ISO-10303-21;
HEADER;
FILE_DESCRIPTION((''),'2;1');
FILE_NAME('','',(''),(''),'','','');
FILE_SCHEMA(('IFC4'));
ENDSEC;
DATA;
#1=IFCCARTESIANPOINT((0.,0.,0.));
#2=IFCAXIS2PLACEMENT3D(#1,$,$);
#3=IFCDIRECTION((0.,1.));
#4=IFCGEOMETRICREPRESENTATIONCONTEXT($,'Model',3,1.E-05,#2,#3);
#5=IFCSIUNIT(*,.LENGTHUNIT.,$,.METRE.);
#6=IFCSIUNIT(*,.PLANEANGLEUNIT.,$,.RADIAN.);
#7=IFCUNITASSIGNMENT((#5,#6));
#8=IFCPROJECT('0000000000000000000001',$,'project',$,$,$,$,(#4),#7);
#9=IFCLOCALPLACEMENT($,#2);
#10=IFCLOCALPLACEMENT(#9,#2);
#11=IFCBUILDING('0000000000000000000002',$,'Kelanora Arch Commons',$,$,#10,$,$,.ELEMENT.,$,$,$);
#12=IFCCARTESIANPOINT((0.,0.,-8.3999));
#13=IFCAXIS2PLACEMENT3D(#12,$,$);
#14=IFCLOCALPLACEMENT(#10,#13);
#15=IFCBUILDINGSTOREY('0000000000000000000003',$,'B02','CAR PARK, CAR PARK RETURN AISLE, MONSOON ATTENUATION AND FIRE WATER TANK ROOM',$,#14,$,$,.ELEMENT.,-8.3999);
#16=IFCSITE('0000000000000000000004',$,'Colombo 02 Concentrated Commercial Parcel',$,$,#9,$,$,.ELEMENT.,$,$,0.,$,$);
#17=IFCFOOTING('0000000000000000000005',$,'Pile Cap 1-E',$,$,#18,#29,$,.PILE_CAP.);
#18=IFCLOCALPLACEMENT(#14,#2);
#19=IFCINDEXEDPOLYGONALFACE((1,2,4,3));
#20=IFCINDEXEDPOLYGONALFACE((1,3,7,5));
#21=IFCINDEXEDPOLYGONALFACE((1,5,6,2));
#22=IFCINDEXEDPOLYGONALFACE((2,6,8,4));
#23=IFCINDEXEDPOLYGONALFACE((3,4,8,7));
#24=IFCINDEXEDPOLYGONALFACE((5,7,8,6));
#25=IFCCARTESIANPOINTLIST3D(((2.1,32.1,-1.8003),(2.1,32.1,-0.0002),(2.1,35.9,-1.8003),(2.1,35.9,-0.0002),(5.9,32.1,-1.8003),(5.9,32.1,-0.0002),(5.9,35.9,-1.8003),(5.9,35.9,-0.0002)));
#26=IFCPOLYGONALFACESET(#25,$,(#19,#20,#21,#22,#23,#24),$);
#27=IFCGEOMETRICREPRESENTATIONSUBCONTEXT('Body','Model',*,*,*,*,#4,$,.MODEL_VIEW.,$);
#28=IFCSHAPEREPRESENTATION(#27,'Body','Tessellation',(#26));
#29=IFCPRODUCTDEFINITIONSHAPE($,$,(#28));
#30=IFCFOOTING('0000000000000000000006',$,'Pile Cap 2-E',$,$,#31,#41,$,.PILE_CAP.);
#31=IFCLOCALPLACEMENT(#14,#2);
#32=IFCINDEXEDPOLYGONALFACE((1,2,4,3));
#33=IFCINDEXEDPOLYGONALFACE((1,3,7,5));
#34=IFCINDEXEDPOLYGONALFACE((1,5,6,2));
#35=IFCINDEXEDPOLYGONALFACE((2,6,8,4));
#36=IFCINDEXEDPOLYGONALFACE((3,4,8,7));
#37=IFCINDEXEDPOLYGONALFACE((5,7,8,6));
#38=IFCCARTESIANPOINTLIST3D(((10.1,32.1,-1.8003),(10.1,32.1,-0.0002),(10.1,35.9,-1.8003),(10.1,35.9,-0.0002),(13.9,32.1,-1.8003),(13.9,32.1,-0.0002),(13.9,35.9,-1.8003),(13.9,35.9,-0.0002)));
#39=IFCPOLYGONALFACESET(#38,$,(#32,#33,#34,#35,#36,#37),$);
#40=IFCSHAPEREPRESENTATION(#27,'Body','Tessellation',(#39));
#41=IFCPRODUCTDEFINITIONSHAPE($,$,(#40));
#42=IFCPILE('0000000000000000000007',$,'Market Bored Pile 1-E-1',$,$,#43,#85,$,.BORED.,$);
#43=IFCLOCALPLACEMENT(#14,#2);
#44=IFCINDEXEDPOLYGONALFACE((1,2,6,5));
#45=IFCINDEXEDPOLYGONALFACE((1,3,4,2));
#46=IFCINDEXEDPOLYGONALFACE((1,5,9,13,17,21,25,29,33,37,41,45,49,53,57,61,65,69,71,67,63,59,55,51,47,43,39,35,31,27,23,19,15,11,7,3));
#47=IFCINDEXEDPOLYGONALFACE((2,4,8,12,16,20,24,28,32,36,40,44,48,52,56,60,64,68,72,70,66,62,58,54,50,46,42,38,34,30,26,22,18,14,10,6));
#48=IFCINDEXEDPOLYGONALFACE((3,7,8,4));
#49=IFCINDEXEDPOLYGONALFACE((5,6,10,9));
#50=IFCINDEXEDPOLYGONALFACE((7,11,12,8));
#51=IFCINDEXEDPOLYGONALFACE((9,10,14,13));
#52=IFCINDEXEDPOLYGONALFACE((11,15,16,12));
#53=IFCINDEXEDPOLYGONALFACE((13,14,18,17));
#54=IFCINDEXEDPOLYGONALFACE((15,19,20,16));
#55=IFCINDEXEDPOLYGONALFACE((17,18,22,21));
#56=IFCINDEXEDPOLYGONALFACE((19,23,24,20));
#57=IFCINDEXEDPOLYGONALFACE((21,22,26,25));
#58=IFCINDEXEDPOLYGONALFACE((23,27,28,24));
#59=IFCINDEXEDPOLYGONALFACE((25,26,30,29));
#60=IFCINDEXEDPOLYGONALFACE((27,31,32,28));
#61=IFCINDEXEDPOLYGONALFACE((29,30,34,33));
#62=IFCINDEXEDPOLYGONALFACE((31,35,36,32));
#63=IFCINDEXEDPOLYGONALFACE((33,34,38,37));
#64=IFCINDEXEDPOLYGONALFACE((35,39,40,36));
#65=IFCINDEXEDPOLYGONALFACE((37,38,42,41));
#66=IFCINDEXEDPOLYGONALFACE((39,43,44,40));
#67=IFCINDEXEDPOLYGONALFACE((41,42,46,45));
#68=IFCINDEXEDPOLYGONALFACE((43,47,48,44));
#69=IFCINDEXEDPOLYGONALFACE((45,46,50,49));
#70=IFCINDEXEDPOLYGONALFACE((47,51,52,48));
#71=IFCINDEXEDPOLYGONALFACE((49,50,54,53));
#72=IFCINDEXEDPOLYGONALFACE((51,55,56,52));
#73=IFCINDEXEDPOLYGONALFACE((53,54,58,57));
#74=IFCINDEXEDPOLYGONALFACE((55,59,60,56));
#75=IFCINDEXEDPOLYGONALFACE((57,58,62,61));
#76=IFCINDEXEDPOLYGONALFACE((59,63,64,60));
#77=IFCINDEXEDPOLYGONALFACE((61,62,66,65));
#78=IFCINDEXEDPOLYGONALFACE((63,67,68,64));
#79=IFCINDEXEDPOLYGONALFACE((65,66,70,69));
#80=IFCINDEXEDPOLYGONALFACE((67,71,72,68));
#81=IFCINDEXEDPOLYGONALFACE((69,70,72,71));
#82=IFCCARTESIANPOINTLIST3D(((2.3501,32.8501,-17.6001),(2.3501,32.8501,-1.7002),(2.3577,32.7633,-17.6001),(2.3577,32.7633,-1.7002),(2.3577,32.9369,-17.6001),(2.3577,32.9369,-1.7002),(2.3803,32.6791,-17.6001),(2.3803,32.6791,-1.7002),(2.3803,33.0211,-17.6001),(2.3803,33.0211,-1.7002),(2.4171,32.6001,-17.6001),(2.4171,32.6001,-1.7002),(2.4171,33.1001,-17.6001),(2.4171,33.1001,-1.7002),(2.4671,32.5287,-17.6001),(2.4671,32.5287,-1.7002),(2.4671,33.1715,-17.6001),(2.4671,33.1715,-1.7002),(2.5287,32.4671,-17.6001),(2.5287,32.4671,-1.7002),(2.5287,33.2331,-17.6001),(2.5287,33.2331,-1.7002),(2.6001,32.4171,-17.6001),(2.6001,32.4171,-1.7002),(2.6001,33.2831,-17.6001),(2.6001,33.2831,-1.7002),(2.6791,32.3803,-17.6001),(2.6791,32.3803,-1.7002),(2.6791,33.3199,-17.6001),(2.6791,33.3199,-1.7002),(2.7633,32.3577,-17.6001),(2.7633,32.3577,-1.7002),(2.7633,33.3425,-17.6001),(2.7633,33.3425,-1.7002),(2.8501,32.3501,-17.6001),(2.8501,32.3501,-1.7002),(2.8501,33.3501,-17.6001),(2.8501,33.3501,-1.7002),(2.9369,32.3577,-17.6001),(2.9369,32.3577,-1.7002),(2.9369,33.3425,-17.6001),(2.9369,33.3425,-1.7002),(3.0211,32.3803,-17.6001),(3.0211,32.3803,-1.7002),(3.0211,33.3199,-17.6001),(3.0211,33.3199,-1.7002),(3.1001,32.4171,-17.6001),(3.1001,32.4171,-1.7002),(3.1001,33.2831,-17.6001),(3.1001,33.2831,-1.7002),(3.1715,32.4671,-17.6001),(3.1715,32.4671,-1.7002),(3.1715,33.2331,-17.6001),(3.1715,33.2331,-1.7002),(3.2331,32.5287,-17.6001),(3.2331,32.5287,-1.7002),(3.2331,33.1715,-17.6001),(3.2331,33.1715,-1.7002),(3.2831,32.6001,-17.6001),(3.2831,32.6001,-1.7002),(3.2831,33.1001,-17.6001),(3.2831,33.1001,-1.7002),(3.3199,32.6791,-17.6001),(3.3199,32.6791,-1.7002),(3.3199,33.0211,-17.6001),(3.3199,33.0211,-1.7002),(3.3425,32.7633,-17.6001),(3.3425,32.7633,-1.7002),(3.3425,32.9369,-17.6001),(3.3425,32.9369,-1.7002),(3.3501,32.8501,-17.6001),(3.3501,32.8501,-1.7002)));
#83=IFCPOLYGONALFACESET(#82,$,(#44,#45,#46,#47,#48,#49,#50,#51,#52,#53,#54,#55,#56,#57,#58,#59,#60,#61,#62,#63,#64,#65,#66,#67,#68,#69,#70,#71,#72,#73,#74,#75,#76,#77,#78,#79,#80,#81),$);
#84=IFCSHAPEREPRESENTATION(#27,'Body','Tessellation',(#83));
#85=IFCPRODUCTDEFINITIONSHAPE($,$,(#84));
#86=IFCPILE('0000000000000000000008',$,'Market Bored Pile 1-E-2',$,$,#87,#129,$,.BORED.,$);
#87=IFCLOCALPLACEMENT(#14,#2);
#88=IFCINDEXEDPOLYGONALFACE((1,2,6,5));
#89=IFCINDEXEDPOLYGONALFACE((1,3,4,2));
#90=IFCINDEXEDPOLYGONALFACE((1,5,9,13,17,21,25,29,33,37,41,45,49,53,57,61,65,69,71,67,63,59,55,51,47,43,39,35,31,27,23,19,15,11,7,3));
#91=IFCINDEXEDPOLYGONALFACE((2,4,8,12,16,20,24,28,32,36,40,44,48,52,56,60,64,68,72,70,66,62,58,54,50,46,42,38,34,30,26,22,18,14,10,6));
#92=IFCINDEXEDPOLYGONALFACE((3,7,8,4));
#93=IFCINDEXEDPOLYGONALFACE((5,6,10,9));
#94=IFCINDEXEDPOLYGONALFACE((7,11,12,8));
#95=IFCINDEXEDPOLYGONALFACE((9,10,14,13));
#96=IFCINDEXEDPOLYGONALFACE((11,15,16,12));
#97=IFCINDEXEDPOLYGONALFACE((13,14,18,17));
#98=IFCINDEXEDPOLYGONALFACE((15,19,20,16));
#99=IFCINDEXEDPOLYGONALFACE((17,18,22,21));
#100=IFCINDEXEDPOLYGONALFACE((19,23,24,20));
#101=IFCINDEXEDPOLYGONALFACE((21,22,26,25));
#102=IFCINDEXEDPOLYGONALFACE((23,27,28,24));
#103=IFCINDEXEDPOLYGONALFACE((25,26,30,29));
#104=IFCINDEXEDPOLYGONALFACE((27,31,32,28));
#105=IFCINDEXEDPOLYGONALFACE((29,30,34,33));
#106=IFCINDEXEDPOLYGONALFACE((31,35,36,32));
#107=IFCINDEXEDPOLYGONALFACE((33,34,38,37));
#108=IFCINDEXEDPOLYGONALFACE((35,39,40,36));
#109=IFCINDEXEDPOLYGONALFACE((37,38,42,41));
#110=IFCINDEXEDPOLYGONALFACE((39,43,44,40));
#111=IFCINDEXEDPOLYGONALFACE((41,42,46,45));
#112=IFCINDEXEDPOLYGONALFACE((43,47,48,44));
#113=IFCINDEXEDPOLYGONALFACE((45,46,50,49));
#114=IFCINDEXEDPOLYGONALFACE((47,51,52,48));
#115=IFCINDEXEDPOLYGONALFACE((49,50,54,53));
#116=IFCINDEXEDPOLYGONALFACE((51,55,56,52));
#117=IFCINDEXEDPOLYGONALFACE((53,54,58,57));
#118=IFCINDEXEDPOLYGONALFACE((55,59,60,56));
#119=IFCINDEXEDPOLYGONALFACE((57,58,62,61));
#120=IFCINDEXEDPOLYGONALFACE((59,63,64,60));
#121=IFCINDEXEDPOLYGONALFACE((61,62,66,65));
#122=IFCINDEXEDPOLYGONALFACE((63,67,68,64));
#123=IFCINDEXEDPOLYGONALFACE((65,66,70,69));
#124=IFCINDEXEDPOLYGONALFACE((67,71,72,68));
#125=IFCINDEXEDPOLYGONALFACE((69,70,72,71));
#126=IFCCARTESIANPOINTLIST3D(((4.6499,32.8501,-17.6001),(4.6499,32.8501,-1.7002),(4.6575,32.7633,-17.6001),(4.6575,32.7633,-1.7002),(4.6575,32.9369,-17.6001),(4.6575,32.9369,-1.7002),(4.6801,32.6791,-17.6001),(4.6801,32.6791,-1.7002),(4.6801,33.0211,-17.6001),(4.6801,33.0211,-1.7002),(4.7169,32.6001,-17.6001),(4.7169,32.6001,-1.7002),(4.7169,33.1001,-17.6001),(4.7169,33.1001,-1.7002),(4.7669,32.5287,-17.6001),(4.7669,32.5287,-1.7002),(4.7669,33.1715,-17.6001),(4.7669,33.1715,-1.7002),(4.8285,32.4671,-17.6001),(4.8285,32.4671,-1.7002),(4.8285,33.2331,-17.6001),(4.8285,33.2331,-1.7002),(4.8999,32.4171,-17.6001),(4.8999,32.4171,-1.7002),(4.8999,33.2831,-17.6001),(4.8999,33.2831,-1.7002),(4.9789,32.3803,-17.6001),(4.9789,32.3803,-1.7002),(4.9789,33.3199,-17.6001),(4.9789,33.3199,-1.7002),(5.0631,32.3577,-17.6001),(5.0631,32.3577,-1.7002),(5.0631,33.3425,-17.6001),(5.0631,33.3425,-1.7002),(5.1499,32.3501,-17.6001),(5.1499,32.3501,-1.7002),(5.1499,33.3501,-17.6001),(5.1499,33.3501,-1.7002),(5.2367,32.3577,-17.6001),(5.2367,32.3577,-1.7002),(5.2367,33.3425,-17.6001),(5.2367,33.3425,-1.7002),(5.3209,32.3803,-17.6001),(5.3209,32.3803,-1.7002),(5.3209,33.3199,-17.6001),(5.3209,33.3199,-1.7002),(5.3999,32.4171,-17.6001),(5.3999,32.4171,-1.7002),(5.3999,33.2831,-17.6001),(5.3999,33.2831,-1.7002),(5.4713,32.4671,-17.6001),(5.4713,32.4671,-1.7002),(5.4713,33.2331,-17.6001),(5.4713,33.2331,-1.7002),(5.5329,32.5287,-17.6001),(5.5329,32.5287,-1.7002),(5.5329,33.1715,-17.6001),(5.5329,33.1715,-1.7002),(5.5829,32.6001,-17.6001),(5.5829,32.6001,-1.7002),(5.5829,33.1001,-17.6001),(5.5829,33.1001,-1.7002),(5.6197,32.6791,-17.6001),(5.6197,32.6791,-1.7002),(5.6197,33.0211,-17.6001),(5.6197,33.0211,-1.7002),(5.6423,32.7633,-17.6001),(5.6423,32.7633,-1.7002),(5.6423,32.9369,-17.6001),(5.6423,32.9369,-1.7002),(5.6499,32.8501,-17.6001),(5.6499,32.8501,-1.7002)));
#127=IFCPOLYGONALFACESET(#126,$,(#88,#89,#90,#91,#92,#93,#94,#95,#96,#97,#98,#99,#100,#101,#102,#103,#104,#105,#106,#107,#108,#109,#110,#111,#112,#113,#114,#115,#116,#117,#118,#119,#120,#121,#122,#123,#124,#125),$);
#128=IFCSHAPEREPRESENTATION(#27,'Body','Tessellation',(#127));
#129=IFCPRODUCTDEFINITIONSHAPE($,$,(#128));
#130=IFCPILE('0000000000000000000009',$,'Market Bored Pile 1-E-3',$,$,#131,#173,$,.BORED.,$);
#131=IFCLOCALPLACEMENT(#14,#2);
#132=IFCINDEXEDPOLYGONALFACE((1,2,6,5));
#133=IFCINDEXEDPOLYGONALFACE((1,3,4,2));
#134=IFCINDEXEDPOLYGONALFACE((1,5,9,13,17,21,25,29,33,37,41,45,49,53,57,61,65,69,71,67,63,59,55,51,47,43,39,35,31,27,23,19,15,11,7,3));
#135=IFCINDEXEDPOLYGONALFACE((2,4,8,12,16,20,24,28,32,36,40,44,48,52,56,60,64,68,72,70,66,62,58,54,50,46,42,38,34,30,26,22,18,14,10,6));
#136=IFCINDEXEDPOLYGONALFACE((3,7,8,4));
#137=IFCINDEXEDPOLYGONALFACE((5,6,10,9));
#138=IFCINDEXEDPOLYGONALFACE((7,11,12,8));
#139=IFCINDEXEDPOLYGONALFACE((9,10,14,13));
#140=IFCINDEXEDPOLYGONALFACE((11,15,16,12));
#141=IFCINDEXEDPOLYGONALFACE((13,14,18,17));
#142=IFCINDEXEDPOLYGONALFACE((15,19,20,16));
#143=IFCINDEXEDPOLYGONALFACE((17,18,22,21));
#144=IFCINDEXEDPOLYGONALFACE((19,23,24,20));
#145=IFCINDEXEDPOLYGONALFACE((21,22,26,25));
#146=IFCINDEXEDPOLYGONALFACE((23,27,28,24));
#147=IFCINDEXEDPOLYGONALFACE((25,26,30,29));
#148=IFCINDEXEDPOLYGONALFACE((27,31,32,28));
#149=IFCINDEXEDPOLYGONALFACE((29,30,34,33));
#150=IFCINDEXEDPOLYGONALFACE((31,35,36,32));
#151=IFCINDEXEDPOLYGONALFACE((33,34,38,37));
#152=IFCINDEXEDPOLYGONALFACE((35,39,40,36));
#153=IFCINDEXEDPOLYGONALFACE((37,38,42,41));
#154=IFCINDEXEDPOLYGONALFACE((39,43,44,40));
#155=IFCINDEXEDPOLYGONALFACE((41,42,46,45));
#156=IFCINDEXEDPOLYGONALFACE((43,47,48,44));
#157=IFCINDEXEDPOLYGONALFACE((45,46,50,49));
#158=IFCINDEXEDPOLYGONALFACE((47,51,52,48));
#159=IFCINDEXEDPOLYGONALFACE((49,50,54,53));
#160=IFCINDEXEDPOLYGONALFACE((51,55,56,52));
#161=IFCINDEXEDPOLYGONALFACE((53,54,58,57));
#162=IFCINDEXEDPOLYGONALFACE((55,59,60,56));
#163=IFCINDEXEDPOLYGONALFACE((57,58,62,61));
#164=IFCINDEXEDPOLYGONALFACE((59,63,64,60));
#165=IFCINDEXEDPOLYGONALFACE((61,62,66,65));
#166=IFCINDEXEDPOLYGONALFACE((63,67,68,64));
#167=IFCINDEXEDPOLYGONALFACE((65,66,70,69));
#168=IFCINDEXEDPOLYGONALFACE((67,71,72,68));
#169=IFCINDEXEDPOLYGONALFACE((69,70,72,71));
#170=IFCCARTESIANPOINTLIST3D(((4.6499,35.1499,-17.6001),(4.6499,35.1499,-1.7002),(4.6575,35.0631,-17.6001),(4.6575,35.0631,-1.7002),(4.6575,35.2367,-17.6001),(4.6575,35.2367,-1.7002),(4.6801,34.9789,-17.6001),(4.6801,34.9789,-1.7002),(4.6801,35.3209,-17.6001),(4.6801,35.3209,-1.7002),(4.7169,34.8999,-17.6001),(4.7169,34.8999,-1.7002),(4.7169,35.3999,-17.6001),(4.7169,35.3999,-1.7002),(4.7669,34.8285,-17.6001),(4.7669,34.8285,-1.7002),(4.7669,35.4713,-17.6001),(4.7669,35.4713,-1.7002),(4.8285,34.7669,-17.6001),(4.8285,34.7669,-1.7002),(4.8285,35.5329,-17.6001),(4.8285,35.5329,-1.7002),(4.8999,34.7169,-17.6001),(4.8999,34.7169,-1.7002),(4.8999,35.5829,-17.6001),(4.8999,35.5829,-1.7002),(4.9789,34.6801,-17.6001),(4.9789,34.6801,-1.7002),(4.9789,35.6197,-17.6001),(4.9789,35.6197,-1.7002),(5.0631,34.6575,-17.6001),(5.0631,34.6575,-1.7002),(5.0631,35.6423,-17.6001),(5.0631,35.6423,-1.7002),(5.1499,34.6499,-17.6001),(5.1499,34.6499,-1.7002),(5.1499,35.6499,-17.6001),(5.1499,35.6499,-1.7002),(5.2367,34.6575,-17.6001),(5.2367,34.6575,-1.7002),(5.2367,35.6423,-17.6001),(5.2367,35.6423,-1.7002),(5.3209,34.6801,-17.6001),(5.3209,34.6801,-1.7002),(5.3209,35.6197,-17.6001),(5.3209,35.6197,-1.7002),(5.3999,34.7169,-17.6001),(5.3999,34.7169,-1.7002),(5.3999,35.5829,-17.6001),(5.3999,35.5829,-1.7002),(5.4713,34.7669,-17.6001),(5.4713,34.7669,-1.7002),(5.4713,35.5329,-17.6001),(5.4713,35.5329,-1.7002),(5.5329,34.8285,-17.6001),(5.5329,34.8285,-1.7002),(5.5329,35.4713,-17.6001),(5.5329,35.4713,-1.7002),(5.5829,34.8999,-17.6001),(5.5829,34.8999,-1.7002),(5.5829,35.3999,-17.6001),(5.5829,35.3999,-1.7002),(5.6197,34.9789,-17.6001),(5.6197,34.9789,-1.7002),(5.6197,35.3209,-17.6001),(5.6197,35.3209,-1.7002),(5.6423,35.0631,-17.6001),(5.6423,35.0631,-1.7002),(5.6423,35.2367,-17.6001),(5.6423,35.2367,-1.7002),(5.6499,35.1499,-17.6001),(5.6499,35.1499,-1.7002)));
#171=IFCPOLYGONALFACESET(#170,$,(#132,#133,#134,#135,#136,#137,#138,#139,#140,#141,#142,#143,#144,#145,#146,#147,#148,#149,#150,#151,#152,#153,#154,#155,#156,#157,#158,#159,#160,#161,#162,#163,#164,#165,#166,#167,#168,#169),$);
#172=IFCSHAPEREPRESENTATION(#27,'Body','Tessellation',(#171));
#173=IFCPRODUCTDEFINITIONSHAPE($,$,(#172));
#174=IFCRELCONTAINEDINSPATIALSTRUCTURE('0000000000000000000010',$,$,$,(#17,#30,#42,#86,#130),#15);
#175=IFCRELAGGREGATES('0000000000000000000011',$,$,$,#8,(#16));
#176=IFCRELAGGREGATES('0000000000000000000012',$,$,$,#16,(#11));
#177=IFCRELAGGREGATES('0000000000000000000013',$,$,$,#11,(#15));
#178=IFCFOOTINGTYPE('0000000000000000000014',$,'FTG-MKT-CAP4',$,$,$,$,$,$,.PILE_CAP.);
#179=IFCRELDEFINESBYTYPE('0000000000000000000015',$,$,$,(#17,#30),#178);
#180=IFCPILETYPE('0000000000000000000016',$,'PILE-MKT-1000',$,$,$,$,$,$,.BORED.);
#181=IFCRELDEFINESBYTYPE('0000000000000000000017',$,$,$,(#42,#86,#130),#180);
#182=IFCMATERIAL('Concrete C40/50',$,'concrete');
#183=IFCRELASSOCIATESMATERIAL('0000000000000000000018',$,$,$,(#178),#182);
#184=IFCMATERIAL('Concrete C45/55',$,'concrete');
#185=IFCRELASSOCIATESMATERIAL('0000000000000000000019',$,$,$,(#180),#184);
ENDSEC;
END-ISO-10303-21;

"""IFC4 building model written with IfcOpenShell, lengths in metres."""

from ifc_helpers import new_model, si_unit, direction, frame, origin, origin_2d, place, context, subcontext, project, spatial, rectangle, circle, extrude, source, transform, mapped, material, material_profile, profile_set, type_object, element, save


model = new_model("IFC4")

# Units and contexts
model_context = context("Model", 3, precision=1e-05, world=origin(), true_north=direction((0.0, 1.0)))
body_context = subcontext(model_context, "Body", "Model", "MODEL_VIEW")
ifc_project = project(units=[si_unit("LENGTHUNIT", "METRE"), si_unit("PLANEANGLEUNIT", "RADIAN")], contexts=[model_context])

# Site, building, storey
site_placement = place(None, origin())
site = spatial("IfcSite", under=ifc_project, at=site_placement, Name="Colombo 02 Concentrated Commercial Parcel", CompositionType="ELEMENT", RefElevation=0.0)
building_placement = place(site_placement, origin())
building = spatial("IfcBuilding", under=site, at=building_placement, Name="Kelanora Arch Commons", CompositionType="ELEMENT")
storey_placement = place(building_placement, frame((0.0, 0.0, -8.3999)))
storey = spatial("IfcBuildingStorey", under=building, at=storey_placement, Name="B02", Description="CAR PARK, CAR PARK RETURN AISLE, MONSOON ATTENUATION AND FIRE WATER TANK ROOM", CompositionType="ELEMENT", Elevation=-8.3999)

# Footings
ifc_material_1 = material(Name="Concrete C40/50", Category="concrete")
footing_type_1 = type_object("IfcFootingType", Name="FTG-MKT-CAP4", PredefinedType="PILE_CAP", material=ifc_material_1)
shared_shape_1 = source(origin(), body_context, "Body", "SweptSolid", [
    extrude(rectangle(XDim=3.8, YDim=3.8, at=origin_2d()), origin(), (0.0, 0.0, 1.0), 1.8),
])
for number, where, z_axis, x_axis, name in (
    (1, (4.0, 34.0, -1.8003), (0.0, 0.0, 1.0), (1.0, 0.0, 0.0), "Pile Cap 1-E"),
    (2, (12.0, 34.0, -1.8003), (0.0, 0.0, 1.0), (1.0, 0.0, 0.0), "Pile Cap 2-E"),
):
    element("IfcFooting", number, at=place(storey_placement, frame(where, z_axis=z_axis, x_axis=x_axis)), inside=storey, type_object=footing_type_1, Name=name, PredefinedType="PILE_CAP", context=body_context, shape_type="MappedRepresentation", body=[
        mapped(shared_shape_1, transform((0.0, 0.0, 0.0), scale=1.0)),
    ])

# Piles
ifc_material_2 = material(Name="Concrete C45/55", Category="concrete")
ifc_material_profile_1 = material_profile(ifc_material_2, circle(Radius=0.5, at=origin_2d()), Name="PILE1000")
ifc_profile_set_1 = profile_set([ifc_material_profile_1], Name="Concrete C45/55")
pile_type = type_object("IfcPileType", Name="PILE-MKT-1000", PredefinedType="BORED", material=ifc_profile_set_1)
shared_shape_2 = source(origin(), body_context, "Body", "SweptSolid", [
    extrude(circle(Radius=0.5, at=origin_2d()), origin(), (0.0, 0.0, 1.0), 15.8999),
])
for number, where, z_axis, x_axis, name in (
    (3, (2.8501, 32.8501, -1.7002), (0.0, 0.0, -1.0), (1.0, 0.0, 0.0), "Market Bored Pile 1-E-1"),
    (4, (5.1499, 32.8501, -1.7002), (0.0, 0.0, -1.0), (1.0, 0.0, 0.0), "Market Bored Pile 1-E-2"),
    (5, (5.1499, 35.1499, -1.7002), (0.0, 0.0, -1.0), (1.0, 0.0, 0.0), "Market Bored Pile 1-E-3"),
):
    element("IfcPile", number, at=place(storey_placement, frame(where, z_axis=z_axis, x_axis=x_axis)), inside=storey, type_object=pile_type, Name=name, PredefinedType="BORED", context=body_context, shape_type="MappedRepresentation", body=[
        mapped(shared_shape_2, transform((0.0, 0.0, 0.0), scale=1.0)),
    ])

save(model, "model.ifc")
